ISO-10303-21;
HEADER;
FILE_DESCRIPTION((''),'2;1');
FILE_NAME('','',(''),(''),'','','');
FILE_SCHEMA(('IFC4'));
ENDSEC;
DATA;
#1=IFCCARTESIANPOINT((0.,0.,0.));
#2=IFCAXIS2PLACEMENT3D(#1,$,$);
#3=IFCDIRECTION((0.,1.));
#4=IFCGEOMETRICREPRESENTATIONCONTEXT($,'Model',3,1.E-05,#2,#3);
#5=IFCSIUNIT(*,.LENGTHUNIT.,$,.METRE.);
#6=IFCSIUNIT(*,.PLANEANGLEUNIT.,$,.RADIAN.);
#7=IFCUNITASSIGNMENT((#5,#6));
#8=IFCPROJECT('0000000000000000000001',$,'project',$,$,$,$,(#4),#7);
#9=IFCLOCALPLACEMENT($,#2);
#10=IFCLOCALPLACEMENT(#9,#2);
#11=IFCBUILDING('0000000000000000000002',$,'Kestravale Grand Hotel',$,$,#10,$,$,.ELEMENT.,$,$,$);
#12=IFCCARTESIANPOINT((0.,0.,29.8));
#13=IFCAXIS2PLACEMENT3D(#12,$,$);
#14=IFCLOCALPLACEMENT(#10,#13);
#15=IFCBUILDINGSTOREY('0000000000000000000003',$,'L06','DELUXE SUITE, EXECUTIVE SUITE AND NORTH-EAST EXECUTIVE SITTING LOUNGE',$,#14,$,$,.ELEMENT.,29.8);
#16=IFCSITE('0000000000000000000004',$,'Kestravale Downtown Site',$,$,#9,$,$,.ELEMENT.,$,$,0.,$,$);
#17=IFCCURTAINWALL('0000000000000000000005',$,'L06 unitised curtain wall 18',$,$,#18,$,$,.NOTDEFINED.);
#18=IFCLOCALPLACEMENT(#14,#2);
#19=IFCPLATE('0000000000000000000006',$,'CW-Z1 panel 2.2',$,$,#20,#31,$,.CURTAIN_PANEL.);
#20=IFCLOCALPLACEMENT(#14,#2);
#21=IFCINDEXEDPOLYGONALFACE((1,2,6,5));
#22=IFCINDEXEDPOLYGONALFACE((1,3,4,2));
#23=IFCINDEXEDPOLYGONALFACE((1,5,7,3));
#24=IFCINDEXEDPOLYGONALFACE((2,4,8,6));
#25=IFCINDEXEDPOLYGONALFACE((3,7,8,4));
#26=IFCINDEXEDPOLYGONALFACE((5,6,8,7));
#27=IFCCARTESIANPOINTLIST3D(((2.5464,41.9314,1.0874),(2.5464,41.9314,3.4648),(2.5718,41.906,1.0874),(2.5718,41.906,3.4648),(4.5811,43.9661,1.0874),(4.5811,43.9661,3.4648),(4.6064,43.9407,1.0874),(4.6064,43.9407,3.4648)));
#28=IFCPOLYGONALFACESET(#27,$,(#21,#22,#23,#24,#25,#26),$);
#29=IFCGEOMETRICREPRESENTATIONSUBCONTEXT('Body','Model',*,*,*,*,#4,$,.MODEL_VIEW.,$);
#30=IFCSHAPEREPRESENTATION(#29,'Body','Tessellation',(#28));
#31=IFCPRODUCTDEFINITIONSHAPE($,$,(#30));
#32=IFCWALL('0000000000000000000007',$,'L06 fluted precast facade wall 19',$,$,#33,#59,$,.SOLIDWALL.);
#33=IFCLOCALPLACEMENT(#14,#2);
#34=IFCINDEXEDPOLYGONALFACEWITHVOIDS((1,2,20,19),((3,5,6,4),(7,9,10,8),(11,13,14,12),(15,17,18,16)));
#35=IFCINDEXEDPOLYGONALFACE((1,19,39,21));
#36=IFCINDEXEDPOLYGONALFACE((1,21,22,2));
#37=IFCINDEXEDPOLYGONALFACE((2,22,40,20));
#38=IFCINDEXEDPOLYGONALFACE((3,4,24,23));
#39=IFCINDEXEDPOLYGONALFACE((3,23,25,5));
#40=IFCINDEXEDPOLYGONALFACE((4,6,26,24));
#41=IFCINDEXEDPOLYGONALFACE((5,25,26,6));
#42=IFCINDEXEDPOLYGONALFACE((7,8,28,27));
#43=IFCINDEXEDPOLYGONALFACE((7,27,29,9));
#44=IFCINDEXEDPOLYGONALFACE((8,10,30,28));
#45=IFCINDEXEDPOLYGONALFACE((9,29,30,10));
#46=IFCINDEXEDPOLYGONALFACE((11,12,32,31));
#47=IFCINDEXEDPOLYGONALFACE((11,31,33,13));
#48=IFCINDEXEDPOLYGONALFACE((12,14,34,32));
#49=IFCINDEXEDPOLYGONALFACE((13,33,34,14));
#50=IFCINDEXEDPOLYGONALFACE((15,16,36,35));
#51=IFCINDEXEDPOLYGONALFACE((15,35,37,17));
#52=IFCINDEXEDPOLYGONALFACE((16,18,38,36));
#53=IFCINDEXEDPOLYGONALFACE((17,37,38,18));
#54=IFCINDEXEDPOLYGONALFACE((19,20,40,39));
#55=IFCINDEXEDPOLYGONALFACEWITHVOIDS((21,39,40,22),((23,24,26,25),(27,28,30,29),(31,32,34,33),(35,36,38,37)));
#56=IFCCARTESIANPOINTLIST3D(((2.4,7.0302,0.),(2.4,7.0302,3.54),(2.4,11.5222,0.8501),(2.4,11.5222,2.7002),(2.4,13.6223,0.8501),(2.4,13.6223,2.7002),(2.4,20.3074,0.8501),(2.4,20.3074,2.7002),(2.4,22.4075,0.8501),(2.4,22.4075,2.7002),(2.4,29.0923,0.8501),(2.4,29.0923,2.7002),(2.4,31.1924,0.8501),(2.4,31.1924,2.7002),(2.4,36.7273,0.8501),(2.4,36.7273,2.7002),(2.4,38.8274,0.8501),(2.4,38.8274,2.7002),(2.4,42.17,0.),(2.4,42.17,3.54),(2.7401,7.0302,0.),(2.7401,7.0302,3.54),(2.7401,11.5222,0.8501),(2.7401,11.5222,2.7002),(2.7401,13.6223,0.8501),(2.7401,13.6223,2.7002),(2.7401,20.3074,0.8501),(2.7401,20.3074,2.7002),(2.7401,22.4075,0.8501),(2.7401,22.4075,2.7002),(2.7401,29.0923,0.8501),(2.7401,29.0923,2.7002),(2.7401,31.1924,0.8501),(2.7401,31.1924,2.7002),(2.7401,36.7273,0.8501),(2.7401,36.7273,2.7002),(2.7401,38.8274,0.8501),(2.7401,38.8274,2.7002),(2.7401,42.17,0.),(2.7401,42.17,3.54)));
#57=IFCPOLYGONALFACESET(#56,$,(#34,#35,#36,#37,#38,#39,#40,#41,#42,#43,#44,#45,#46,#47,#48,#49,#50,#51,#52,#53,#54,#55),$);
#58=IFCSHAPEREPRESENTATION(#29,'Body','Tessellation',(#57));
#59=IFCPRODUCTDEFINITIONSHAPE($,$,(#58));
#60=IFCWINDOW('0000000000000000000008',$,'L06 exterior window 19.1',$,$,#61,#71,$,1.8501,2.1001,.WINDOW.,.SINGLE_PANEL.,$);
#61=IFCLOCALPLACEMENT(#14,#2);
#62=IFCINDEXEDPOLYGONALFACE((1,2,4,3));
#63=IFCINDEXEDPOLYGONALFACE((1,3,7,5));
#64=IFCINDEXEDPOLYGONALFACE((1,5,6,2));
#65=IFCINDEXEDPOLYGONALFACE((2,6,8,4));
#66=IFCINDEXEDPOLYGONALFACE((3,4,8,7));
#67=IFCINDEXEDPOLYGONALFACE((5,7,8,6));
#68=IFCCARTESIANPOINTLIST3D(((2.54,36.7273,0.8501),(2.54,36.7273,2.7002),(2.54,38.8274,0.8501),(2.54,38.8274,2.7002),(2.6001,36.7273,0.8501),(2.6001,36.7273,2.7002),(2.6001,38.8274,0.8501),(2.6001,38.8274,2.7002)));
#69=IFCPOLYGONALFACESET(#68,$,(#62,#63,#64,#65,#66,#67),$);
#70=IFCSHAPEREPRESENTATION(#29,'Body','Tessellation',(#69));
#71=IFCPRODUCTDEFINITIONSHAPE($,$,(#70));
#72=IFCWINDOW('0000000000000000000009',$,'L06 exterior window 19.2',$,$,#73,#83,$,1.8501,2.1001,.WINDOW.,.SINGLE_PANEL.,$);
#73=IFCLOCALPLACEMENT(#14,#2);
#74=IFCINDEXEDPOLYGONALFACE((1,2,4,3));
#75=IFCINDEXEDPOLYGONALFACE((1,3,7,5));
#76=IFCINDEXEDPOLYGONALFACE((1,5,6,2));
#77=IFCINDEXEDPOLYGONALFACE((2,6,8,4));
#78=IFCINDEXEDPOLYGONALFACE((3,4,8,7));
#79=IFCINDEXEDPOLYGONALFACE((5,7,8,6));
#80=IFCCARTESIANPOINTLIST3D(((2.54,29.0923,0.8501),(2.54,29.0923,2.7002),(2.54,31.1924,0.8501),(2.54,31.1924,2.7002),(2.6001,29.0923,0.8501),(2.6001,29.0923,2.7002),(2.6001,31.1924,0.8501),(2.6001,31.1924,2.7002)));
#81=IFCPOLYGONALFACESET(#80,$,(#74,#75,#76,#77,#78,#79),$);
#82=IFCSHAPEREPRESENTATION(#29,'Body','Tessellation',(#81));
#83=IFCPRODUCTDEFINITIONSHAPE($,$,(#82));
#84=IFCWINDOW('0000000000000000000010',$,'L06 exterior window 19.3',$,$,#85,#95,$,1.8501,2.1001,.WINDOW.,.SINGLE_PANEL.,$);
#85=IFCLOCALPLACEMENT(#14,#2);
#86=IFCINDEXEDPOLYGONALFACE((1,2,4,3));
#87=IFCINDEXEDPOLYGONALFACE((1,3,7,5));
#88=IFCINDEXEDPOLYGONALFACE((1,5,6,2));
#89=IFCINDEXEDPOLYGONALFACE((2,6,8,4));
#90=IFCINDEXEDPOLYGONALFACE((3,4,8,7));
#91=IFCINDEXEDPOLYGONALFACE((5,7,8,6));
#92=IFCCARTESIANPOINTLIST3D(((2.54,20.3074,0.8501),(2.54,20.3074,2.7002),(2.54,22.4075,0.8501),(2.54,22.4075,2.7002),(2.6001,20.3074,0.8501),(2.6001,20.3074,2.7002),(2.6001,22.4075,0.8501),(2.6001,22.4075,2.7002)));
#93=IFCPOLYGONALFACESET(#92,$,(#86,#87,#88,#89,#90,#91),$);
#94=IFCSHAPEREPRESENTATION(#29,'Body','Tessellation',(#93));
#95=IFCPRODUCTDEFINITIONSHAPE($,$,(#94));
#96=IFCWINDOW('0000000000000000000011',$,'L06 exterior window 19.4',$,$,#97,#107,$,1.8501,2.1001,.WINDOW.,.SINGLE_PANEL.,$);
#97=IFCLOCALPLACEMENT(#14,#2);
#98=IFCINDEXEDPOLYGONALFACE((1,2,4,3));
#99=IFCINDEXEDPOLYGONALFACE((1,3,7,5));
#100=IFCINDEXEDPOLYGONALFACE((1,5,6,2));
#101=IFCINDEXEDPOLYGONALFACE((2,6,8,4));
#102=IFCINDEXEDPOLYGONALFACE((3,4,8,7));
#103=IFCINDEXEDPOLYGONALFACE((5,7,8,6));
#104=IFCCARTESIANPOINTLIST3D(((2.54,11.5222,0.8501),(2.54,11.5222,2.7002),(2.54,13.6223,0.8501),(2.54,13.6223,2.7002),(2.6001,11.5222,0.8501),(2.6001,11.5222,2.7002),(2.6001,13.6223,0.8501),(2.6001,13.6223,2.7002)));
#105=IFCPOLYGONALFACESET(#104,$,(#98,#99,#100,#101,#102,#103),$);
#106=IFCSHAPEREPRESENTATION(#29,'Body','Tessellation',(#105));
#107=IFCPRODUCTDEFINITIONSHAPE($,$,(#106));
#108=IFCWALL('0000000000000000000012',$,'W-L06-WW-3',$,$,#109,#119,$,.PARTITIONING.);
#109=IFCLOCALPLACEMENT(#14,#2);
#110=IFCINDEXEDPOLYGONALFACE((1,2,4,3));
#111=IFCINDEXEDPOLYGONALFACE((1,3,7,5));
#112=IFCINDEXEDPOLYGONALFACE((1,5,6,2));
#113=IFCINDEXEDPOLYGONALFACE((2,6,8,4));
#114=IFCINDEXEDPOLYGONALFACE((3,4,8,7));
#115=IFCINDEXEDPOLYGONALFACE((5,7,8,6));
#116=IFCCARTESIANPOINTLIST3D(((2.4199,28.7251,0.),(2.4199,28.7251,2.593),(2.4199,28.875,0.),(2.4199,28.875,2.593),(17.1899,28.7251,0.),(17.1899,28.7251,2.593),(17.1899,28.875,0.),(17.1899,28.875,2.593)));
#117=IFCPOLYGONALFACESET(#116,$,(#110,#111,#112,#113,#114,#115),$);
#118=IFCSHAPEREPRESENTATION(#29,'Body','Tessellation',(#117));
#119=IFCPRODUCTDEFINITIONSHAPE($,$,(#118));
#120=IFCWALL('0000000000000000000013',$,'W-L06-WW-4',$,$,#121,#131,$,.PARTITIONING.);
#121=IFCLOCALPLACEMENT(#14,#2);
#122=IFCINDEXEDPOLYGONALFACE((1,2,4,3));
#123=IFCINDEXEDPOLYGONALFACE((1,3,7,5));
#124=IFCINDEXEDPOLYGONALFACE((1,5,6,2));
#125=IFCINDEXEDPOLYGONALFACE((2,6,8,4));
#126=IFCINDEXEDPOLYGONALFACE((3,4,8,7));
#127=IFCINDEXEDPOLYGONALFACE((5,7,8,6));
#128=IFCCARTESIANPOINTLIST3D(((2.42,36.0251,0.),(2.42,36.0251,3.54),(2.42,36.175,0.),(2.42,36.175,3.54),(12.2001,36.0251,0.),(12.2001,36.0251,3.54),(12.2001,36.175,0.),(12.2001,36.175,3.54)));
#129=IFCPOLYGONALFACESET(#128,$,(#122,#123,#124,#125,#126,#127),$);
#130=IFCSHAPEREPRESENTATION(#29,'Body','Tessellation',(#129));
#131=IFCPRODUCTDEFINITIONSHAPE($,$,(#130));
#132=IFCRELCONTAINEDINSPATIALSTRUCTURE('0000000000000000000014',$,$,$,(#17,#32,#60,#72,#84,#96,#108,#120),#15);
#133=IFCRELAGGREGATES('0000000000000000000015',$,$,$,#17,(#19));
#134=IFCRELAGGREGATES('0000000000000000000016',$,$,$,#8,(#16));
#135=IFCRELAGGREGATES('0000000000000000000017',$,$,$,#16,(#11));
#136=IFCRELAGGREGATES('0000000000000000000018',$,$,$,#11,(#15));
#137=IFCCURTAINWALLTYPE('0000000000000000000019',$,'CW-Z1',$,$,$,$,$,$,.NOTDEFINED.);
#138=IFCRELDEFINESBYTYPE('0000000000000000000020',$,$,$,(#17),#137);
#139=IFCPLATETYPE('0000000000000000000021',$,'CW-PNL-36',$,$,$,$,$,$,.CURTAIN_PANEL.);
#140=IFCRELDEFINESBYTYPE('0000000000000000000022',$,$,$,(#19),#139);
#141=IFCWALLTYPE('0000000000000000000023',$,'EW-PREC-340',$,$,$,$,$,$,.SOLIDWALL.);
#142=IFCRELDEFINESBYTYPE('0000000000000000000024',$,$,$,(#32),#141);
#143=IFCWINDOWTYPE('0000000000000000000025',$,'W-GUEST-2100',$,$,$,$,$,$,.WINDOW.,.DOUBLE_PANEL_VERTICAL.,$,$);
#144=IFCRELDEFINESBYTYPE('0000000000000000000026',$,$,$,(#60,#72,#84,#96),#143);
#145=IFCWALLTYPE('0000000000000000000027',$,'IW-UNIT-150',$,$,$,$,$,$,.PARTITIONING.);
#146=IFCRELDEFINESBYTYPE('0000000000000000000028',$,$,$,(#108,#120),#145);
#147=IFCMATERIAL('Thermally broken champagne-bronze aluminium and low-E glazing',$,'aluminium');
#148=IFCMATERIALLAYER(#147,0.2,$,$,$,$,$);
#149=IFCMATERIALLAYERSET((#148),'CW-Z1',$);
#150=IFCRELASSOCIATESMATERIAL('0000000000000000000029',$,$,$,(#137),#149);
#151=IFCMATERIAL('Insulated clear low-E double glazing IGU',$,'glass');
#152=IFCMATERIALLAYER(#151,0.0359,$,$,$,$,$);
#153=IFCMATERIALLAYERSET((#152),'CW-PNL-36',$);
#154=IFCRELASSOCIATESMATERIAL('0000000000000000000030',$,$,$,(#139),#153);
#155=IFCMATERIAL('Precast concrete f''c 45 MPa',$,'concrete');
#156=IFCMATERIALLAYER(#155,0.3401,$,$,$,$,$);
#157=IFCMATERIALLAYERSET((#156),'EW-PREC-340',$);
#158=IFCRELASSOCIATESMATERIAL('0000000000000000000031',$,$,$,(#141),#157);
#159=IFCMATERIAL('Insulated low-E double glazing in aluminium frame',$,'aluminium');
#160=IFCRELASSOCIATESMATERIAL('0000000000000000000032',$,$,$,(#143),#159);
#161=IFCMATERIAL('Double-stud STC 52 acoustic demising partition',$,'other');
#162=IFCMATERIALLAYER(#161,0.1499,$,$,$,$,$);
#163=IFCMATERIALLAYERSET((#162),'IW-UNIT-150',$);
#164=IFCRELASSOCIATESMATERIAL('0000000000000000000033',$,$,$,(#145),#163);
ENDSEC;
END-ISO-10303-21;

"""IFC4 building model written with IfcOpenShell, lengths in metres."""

from ifc_helpers import new_model, si_unit, direction, frame, frame_2d, origin, origin_2d, place, context, subcontext, project, spatial, rectangle, extrude, material, layer, layer_set, type_object, element, fill, aggregate, save


model = new_model("IFC4")

# Units and contexts
model_context = context("Model", 3, precision=1e-05, world=origin(), true_north=direction((0.0, 1.0)))
body_context = subcontext(model_context, "Body", "Model", "MODEL_VIEW")
ifc_project = project(units=[si_unit("LENGTHUNIT", "METRE"), si_unit("PLANEANGLEUNIT", "RADIAN")], contexts=[model_context])

# Site, building, storey
site_placement = place(None, origin())
site = spatial("IfcSite", under=ifc_project, at=site_placement, Name="Kestravale Downtown Site", CompositionType="ELEMENT", RefElevation=0.0)
building_placement = place(site_placement, origin())
building = spatial("IfcBuilding", under=site, at=building_placement, Name="Kestravale Grand Hotel", CompositionType="ELEMENT")
storey_placement = place(building_placement, frame((0.0, 0.0, 29.8)))
storey = spatial("IfcBuildingStorey", under=building, at=storey_placement, Name="L06", Description="DELUXE SUITE, EXECUTIVE SUITE AND NORTH-EAST EXECUTIVE SITTING LOUNGE", CompositionType="ELEMENT", Elevation=29.8)

# Curtain wall, plate
ifc_material_1 = material(Name="Thermally broken champagne-bronze aluminium and low-E glazing", Category="aluminium")
ifc_layer_1 = layer(ifc_material_1, 0.2)
ifc_layer_set_1 = layer_set([ifc_layer_1], Name="CW-Z1")
curtain_wall_type = type_object("IfcCurtainWallType", Name="CW-Z1", PredefinedType="NOTDEFINED", material=ifc_layer_set_1)
curtain_wall_placement = place(storey_placement, origin())
curtain_wall = element("IfcCurtainWall", 1, at=curtain_wall_placement, inside=storey, type_object=curtain_wall_type, Name="L06 unitised curtain wall 18", PredefinedType="NOTDEFINED")
ifc_material_2 = material(Name="Insulated clear low-E double glazing IGU", Category="glass")
ifc_layer_2 = layer(ifc_material_2, 0.0359)
ifc_layer_set_2 = layer_set([ifc_layer_2], Name="CW-PNL-36")
plate_type = type_object("IfcPlateType", Name="CW-PNL-36", PredefinedType="CURTAIN_PANEL", material=ifc_layer_set_2)
plate_1_placement = place(storey_placement, frame((3.5764, 42.936, 1.0874), z_axis=(0.0, 0.0, 1.0), x_axis=(-0.707107, -0.707107, 0.0)))
plate_1 = element("IfcPlate", 2, at=plate_1_placement, type_object=plate_type, Name="CW-Z1 panel 2.2", PredefinedType="CURTAIN_PANEL", context=body_context, shape_type="SweptSolid", body=[
    extrude(rectangle(XDim=2.8774, YDim=0.0359, at=origin_2d()), origin(), (0.0, 0.0, 1.0), 2.3774),
])
aggregate(curtain_wall, [plate_1])

# Wall, openings, windows
ifc_material_3 = material(Name="Precast concrete f'c 45 MPa", Category="concrete")
ifc_layer_3 = layer(ifc_material_3, 0.3401)
ifc_layer_set_3 = layer_set([ifc_layer_3], Name="EW-PREC-340")
wall_type_1 = type_object("IfcWallType", Name="EW-PREC-340", PredefinedType="SOLIDWALL", material=ifc_layer_set_3)
wall_1_placement = place(storey_placement, frame((2.5701, 42.1699, 0.0), z_axis=(0.0, 0.0, 1.0), x_axis=(0.0, -1.0, 0.0)))
wall_1 = element("IfcWall", 3, at=wall_1_placement, inside=storey, type_object=wall_type_1, Name="L06 fluted precast facade wall 19", PredefinedType="SOLIDWALL", context=body_context, shape_type="SweptSolid", body=[
    extrude(rectangle(XDim=35.1399, YDim=0.3401, at=frame_2d((17.5698, 0.0))), origin(), (0.0, 0.0, 1.0), 3.54),
])
opening_1_placement = place(wall_1_placement, frame((3.3425, 0.0, 0.8501)))
opening_1 = element("IfcOpeningElement", 4, at=opening_1_placement, cuts=wall_1, PredefinedType="OPENING", context=body_context, shape_type="SweptSolid", body=[
    extrude(rectangle(XDim=2.1001, YDim=1.8501, at=frame_2d((1.05, 0.925))), frame((0.0, 0.1799, 0.0), z_axis=(0.0, -1.0, 0.0), x_axis=(1.0, 0.0, 0.0)), (0.0, 0.0, 1.0), 0.3601),
])
opening_2_placement = place(wall_1_placement, frame((10.9775, 0.0, 0.8501)))
opening_2 = element("IfcOpeningElement", 5, at=opening_2_placement, cuts=wall_1, PredefinedType="OPENING", context=body_context, shape_type="SweptSolid", body=[
    extrude(rectangle(XDim=2.1001, YDim=1.8501, at=frame_2d((1.05, 0.925))), frame((0.0, 0.1799, 0.0), z_axis=(0.0, -1.0, 0.0), x_axis=(1.0, 0.0, 0.0)), (0.0, 0.0, 1.0), 0.3601),
])
opening_3_placement = place(wall_1_placement, frame((19.7625, 0.0, 0.8501)))
opening_3 = element("IfcOpeningElement", 6, at=opening_3_placement, cuts=wall_1, PredefinedType="OPENING", context=body_context, shape_type="SweptSolid", body=[
    extrude(rectangle(XDim=2.1001, YDim=1.8501, at=frame_2d((1.05, 0.925))), frame((0.0, 0.1799, 0.0), z_axis=(0.0, -1.0, 0.0), x_axis=(1.0, 0.0, 0.0)), (0.0, 0.0, 1.0), 0.3601),
])
opening_4_placement = place(wall_1_placement, frame((28.5476, 0.0, 0.8501)))
opening_4 = element("IfcOpeningElement", 7, at=opening_4_placement, cuts=wall_1, PredefinedType="OPENING", context=body_context, shape_type="SweptSolid", body=[
    extrude(rectangle(XDim=2.1001, YDim=1.8501, at=frame_2d((1.05, 0.925))), frame((0.0, 0.1799, 0.0), z_axis=(0.0, -1.0, 0.0), x_axis=(1.0, 0.0, 0.0)), (0.0, 0.0, 1.0), 0.3601),
])
ifc_material_4 = material(Name="Insulated low-E double glazing in aluminium frame", Category="aluminium")
window_type = type_object("IfcWindowType", Name="W-GUEST-2100", PartitioningType="DOUBLE_PANEL_VERTICAL", PredefinedType="WINDOW", material=ifc_material_4)
window_1_placement = place(opening_1_placement, origin())
window_1 = element("IfcWindow", 8, at=window_1_placement, inside=storey, type_object=window_type, Name="L06 exterior window 19.1", OverallHeight=1.8501, OverallWidth=2.1001, PartitioningType="SINGLE_PANEL", PredefinedType="WINDOW", context=body_context, shape_type="SweptSolid", body=[
    extrude(rectangle(XDim=2.1001, YDim=1.8501, at=frame_2d((1.05, 0.925))), frame((0.0, 0.03, 0.0), z_axis=(0.0, -1.0, 0.0), x_axis=(1.0, 0.0, 0.0)), (0.0, 0.0, 1.0), 0.0601),
])
fill(opening_1, window_1)
window_2_placement = place(opening_2_placement, origin())
window_2 = element("IfcWindow", 9, at=window_2_placement, inside=storey, type_object=window_type, Name="L06 exterior window 19.2", OverallHeight=1.8501, OverallWidth=2.1001, PartitioningType="SINGLE_PANEL", PredefinedType="WINDOW", context=body_context, shape_type="SweptSolid", body=[
    extrude(rectangle(XDim=2.1001, YDim=1.8501, at=frame_2d((1.05, 0.925))), frame((0.0, 0.03, 0.0), z_axis=(0.0, -1.0, 0.0), x_axis=(1.0, 0.0, 0.0)), (0.0, 0.0, 1.0), 0.0601),
])
fill(opening_2, window_2)
window_3_placement = place(opening_3_placement, origin())
window_3 = element("IfcWindow", 10, at=window_3_placement, inside=storey, type_object=window_type, Name="L06 exterior window 19.3", OverallHeight=1.8501, OverallWidth=2.1001, PartitioningType="SINGLE_PANEL", PredefinedType="WINDOW", context=body_context, shape_type="SweptSolid", body=[
    extrude(rectangle(XDim=2.1001, YDim=1.8501, at=frame_2d((1.05, 0.925))), frame((0.0, 0.03, 0.0), z_axis=(0.0, -1.0, 0.0), x_axis=(1.0, 0.0, 0.0)), (0.0, 0.0, 1.0), 0.0601),
])
fill(opening_3, window_3)
window_4_placement = place(opening_4_placement, origin())
window_4 = element("IfcWindow", 11, at=window_4_placement, inside=storey, type_object=window_type, Name="L06 exterior window 19.4", OverallHeight=1.8501, OverallWidth=2.1001, PartitioningType="SINGLE_PANEL", PredefinedType="WINDOW", context=body_context, shape_type="SweptSolid", body=[
    extrude(rectangle(XDim=2.1001, YDim=1.8501, at=frame_2d((1.05, 0.925))), frame((0.0, 0.03, 0.0), z_axis=(0.0, -1.0, 0.0), x_axis=(1.0, 0.0, 0.0)), (0.0, 0.0, 1.0), 0.0601),
])
fill(opening_4, window_4)

# Walls
ifc_material_5 = material(Name="Double-stud STC 52 acoustic demising partition", Category="other")
ifc_layer_4 = layer(ifc_material_5, 0.1499)
ifc_layer_set_4 = layer_set([ifc_layer_4], Name="IW-UNIT-150")
wall_type_2 = type_object("IfcWallType", Name="IW-UNIT-150", PredefinedType="PARTITIONING", material=ifc_layer_set_4)
wall_2_placement = place(storey_placement, frame((2.4199, 28.8, 0.0), z_axis=(0.0, 0.0, 1.0), x_axis=(1.0, 0.0, 0.0)))
element("IfcWall", 12, at=wall_2_placement, inside=storey, type_object=wall_type_2, Name="W-L06-WW-3", PredefinedType="PARTITIONING", context=body_context, shape_type="SweptSolid", body=[
    extrude(rectangle(XDim=14.77, YDim=0.1499, at=frame_2d((7.385, 0.0))), origin(), (0.0, 0.0, 1.0), 2.593),
])
wall_3_placement = place(storey_placement, frame((2.4199, 36.1001, 0.0), z_axis=(0.0, 0.0, 1.0), x_axis=(1.0, 0.0, 0.0)))
element("IfcWall", 13, at=wall_3_placement, inside=storey, type_object=wall_type_2, Name="W-L06-WW-4", PredefinedType="PARTITIONING", context=body_context, shape_type="SweptSolid", body=[
    extrude(rectangle(XDim=9.78, YDim=0.1499, at=frame_2d((4.8901, 0.0))), origin(), (0.0, 0.0, 1.0), 3.54),
])

save(model, "model.ifc")
